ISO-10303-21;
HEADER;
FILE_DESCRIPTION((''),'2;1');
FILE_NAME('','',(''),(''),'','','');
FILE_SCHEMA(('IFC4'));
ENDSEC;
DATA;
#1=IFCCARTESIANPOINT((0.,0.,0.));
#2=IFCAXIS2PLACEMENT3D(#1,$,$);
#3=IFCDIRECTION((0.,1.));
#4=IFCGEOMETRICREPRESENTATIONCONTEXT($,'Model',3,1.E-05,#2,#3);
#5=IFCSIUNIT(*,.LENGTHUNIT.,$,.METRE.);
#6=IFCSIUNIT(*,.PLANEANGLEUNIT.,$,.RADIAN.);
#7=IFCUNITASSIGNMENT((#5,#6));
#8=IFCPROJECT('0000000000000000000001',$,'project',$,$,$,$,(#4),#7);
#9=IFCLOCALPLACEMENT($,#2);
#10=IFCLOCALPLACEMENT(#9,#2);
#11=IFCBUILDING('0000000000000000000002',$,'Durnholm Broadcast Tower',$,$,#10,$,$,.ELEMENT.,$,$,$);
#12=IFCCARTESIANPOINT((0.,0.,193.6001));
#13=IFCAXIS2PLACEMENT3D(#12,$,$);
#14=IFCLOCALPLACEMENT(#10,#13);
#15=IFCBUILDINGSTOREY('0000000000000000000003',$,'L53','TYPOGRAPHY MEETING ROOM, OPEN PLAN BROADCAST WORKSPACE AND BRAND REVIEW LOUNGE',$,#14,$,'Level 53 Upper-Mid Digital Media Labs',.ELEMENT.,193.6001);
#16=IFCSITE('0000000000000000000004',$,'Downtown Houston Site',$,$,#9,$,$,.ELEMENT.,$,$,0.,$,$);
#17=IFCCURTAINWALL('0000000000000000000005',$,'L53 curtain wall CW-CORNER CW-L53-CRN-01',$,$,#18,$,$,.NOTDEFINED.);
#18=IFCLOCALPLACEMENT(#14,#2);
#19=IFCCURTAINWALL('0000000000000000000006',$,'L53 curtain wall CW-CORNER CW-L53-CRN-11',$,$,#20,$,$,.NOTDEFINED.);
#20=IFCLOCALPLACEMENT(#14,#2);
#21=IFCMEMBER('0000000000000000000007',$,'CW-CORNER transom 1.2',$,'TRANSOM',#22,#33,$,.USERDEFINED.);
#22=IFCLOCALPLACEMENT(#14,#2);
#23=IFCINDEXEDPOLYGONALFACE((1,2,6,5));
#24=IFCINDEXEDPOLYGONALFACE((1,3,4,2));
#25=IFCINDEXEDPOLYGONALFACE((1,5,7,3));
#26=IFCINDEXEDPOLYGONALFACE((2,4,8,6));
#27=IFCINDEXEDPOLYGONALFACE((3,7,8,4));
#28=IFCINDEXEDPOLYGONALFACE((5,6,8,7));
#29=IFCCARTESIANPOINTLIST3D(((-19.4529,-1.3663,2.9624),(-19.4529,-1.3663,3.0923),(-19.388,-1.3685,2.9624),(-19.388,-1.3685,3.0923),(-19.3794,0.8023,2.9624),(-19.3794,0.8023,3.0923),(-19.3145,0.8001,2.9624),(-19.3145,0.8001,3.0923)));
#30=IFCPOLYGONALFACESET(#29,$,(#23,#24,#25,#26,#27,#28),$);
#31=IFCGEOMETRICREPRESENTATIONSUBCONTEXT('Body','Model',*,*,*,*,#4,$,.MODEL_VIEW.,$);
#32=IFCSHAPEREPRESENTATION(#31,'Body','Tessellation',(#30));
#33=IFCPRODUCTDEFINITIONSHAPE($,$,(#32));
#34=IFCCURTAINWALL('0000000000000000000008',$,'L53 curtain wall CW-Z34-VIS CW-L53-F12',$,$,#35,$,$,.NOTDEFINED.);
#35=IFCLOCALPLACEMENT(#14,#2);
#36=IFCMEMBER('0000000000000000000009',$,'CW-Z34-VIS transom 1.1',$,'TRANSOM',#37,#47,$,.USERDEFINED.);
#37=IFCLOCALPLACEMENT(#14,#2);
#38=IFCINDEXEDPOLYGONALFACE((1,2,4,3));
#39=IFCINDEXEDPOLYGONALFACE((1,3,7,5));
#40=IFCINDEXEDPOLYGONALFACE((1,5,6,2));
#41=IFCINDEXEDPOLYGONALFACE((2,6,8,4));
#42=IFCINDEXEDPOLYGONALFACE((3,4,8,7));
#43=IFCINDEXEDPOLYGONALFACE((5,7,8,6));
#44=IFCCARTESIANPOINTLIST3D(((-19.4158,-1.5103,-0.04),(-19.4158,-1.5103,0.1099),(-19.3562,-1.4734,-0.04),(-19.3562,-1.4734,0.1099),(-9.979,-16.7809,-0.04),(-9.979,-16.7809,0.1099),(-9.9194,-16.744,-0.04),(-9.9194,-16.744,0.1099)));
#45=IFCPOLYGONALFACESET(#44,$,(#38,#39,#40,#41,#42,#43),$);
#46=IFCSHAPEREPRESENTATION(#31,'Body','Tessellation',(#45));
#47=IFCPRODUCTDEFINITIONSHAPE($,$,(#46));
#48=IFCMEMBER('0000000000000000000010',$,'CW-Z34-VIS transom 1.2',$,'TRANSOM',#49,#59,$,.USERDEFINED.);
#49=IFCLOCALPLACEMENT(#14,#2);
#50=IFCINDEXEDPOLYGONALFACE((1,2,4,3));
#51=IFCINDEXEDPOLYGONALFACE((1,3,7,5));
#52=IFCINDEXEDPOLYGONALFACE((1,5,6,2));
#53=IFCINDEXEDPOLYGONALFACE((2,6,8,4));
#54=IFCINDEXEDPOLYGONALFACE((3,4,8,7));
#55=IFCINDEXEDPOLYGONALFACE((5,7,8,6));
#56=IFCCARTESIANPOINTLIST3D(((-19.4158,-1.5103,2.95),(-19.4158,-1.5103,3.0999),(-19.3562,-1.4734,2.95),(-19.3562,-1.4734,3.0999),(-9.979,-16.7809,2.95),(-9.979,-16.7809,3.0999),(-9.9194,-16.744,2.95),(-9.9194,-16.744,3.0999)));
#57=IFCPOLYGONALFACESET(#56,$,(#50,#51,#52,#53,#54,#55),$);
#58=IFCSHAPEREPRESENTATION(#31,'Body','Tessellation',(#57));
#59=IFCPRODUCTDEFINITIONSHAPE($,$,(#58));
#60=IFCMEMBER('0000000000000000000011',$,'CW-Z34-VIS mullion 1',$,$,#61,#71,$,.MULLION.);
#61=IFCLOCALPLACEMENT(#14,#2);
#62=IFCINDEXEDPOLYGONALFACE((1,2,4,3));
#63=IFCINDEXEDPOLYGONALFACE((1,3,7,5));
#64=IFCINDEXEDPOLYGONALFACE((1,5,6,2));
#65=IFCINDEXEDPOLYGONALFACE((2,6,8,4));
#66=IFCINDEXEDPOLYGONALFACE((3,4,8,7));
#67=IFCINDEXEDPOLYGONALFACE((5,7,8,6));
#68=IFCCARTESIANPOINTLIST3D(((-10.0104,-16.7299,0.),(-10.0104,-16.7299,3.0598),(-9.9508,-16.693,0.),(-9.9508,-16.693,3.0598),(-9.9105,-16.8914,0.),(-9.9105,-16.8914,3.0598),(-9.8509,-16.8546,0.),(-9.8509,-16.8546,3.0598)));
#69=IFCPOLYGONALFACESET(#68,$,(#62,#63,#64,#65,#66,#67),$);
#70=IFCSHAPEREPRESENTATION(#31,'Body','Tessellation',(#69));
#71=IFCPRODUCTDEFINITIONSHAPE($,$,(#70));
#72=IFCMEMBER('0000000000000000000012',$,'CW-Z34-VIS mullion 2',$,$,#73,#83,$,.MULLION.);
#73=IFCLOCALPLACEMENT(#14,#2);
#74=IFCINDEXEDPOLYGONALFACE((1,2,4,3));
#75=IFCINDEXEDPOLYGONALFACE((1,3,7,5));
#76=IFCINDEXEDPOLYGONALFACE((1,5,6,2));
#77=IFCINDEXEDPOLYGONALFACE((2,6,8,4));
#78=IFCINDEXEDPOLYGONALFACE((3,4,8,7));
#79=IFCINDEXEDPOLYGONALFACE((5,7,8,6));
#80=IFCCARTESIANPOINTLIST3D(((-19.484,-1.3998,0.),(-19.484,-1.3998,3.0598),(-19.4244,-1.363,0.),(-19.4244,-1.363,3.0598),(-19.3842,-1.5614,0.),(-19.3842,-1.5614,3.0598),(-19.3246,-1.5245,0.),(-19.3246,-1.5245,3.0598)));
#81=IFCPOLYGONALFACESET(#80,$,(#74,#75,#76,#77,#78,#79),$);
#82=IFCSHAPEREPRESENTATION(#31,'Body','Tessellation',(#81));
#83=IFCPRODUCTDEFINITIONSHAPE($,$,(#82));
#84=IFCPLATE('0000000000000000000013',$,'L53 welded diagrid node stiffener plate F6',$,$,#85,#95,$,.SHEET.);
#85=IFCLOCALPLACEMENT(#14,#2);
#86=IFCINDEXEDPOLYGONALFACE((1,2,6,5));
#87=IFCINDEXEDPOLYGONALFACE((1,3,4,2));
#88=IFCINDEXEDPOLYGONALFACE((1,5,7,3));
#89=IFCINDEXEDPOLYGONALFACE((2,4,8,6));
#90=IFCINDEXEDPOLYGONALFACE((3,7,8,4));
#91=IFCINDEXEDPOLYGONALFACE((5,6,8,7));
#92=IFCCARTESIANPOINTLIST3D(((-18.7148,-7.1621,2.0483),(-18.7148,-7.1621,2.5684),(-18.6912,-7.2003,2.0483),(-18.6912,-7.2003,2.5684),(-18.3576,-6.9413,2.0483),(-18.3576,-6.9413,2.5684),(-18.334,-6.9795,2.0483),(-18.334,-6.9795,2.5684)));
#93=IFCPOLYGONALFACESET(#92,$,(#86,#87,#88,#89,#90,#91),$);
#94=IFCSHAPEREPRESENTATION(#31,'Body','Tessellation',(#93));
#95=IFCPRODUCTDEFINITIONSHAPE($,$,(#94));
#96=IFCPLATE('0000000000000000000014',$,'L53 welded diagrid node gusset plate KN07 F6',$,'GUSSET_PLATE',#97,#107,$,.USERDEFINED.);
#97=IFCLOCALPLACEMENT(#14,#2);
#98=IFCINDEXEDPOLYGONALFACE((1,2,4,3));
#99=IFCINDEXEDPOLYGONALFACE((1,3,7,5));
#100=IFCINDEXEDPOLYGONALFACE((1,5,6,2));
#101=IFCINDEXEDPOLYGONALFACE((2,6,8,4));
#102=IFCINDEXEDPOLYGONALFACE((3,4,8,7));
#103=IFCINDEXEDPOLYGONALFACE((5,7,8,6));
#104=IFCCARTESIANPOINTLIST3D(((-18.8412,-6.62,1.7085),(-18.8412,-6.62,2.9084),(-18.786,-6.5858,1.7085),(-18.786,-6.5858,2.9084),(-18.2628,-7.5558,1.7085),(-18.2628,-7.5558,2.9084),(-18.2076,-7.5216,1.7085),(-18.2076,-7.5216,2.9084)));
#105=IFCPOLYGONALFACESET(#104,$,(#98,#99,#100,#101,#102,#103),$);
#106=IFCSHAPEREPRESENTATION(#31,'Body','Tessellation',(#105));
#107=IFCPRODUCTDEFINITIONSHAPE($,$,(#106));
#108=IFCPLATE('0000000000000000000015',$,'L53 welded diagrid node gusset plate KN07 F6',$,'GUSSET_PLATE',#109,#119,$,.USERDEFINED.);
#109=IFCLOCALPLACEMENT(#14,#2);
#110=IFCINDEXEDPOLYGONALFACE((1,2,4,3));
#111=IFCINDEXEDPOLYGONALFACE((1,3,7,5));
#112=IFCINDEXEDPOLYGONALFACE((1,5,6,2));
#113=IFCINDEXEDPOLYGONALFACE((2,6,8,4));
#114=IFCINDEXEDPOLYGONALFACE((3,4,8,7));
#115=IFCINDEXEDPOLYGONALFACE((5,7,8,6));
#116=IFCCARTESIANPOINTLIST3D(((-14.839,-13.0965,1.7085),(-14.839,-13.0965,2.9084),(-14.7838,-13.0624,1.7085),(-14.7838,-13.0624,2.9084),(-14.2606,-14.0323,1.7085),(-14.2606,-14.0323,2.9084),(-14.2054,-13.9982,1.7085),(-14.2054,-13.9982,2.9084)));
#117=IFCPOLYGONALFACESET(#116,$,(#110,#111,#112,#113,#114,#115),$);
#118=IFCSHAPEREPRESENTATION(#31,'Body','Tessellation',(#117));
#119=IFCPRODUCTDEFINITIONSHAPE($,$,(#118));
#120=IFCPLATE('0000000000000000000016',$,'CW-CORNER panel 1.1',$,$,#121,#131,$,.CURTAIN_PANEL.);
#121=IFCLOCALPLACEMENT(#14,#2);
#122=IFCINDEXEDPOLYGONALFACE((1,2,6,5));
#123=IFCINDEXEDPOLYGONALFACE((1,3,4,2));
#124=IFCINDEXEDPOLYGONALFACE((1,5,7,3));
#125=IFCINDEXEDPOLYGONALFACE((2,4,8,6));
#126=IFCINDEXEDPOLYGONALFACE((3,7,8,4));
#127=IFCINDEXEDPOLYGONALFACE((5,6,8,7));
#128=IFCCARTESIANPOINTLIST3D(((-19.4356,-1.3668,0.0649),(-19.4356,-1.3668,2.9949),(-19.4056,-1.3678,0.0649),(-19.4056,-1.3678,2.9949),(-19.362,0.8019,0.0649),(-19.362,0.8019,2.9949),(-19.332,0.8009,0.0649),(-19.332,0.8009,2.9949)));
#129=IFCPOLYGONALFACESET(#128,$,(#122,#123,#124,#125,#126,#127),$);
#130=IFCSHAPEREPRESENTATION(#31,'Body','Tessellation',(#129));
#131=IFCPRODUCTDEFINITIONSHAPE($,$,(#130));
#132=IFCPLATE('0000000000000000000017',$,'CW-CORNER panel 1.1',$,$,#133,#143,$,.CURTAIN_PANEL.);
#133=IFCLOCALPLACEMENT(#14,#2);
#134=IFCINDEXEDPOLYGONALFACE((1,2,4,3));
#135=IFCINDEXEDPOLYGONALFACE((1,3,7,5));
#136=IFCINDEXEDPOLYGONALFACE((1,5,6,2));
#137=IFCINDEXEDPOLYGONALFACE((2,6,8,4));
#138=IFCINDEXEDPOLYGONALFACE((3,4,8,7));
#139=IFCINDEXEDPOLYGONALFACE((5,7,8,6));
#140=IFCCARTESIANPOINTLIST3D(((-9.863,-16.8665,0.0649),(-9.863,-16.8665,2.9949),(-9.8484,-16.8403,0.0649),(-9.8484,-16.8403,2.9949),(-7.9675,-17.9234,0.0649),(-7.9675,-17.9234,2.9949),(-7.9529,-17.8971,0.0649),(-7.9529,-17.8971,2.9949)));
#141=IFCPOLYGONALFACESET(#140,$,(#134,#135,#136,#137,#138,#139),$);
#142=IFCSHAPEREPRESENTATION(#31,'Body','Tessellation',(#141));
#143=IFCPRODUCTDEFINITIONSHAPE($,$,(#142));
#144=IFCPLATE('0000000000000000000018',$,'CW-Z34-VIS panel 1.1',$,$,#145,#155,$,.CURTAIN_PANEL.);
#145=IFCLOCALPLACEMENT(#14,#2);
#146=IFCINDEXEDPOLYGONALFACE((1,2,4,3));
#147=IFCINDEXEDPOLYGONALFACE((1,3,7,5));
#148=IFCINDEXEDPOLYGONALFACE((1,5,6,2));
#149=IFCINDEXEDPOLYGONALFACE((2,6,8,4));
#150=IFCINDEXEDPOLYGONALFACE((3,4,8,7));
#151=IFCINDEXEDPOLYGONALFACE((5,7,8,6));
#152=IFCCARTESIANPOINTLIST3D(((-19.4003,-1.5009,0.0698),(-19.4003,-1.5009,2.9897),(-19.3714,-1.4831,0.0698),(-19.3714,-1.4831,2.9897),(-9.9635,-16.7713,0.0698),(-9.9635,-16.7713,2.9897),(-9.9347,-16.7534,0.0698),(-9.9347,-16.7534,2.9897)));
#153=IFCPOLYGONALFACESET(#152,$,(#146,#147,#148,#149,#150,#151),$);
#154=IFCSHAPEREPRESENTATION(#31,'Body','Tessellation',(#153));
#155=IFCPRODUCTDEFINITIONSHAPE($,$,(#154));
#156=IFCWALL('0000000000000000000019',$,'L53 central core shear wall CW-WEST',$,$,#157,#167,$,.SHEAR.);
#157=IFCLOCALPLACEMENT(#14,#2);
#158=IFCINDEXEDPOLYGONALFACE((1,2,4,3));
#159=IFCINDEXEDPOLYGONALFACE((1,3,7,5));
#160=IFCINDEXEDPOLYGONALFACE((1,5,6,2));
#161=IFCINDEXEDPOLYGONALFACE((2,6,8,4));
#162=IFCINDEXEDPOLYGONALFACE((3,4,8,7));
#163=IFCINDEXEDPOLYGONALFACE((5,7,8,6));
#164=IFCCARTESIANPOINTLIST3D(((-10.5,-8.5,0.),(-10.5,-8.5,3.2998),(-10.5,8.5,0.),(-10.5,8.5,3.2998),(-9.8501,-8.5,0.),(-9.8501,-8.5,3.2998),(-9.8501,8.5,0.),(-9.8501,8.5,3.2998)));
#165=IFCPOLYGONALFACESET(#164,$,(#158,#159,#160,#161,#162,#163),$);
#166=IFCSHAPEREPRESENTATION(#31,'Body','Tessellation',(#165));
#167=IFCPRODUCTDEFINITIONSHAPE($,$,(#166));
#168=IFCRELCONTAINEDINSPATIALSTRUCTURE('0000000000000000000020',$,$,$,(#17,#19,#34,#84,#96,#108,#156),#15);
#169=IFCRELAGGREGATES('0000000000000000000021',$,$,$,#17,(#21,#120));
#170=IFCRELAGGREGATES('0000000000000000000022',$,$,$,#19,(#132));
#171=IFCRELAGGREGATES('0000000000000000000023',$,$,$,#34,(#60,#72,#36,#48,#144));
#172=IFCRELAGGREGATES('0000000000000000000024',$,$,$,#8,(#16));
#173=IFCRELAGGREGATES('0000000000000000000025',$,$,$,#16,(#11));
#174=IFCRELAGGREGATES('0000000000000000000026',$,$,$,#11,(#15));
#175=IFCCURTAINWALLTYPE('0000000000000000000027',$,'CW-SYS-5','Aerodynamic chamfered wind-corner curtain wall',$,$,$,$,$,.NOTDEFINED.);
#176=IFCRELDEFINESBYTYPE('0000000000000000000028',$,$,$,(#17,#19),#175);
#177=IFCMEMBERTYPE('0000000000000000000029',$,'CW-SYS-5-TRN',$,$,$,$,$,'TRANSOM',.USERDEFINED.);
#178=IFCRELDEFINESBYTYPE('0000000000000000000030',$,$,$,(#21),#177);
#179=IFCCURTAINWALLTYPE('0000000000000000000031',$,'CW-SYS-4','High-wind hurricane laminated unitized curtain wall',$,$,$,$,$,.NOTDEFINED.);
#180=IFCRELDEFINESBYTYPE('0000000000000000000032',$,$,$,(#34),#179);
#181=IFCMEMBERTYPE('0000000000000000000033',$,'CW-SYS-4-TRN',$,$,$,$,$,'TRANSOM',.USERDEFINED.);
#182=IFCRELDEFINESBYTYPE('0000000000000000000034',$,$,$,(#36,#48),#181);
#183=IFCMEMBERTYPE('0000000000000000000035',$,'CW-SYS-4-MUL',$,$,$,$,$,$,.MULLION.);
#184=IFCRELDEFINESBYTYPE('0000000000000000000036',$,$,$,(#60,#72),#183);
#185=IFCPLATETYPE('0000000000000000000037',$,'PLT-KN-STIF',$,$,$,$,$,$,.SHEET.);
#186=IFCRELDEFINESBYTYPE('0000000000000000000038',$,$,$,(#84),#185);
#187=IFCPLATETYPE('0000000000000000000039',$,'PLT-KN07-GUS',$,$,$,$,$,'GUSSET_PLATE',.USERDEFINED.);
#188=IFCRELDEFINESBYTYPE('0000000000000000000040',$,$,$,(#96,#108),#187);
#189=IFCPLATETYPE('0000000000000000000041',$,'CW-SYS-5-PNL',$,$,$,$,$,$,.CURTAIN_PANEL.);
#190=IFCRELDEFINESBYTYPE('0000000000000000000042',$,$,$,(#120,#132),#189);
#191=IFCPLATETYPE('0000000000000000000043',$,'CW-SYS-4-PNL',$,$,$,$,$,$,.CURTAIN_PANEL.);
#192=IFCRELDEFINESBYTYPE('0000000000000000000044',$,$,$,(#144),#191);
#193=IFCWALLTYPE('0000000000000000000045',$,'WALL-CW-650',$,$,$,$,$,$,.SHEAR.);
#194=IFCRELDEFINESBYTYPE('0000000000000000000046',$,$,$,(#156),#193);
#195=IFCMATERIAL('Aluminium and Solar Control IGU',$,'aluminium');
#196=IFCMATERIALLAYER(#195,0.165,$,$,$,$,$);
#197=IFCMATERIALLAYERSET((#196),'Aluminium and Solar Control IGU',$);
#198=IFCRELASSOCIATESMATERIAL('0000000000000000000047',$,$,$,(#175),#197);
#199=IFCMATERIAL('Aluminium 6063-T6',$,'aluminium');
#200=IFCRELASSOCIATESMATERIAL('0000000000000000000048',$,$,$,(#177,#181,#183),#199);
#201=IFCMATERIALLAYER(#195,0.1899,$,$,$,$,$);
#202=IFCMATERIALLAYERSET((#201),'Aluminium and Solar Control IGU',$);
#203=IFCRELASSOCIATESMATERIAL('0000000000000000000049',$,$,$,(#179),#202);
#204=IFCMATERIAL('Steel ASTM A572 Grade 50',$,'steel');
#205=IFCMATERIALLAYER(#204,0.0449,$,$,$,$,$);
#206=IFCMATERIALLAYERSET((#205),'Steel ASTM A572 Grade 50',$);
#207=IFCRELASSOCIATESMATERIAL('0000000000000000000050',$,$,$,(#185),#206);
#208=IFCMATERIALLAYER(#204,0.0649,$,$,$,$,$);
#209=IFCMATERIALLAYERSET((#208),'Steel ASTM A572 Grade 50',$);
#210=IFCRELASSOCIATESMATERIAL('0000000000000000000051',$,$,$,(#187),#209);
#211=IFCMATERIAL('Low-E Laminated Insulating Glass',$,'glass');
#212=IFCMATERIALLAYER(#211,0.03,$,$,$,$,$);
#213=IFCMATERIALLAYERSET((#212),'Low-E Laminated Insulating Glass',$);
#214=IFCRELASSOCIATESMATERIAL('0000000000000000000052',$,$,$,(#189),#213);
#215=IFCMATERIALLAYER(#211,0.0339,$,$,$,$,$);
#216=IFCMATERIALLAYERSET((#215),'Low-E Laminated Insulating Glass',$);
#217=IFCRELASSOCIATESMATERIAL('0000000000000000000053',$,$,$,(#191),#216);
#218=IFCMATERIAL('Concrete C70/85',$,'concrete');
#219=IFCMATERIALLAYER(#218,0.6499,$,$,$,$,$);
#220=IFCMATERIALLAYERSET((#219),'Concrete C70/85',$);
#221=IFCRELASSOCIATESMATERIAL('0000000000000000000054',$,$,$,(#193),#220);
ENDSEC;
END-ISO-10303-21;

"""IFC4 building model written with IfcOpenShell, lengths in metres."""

from ifc_helpers import new_model, si_unit, direction, frame, frame_2d, origin, origin_2d, place, context, subcontext, project, spatial, rectangle, extrude, source, transform, mapped, material, layer, layer_set, material_profile, profile_set, type_object, type_shapes, element, aggregate, save


model = new_model("IFC4")

# Units and contexts
model_context = context("Model", 3, precision=1e-05, world=origin(), true_north=direction((0.0, 1.0)))
body_context = subcontext(model_context, "Body", "Model", "MODEL_VIEW")
ifc_project = project(units=[si_unit("LENGTHUNIT", "METRE"), si_unit("PLANEANGLEUNIT", "RADIAN")], contexts=[model_context])

# Site, building, storey
site_placement = place(None, origin())
site = spatial("IfcSite", under=ifc_project, at=site_placement, Name="Downtown Houston Site", CompositionType="ELEMENT", RefElevation=0.0)
building_placement = place(site_placement, origin())
building = spatial("IfcBuilding", under=site, at=building_placement, Name="Durnholm Broadcast Tower", CompositionType="ELEMENT")
storey_placement = place(building_placement, frame((0.0, 0.0, 193.6001)))
storey = spatial("IfcBuildingStorey", under=building, at=storey_placement, Name="L53", Description="TYPOGRAPHY MEETING ROOM, OPEN PLAN BROADCAST WORKSPACE AND BRAND REVIEW LOUNGE", LongName="Level 53 Upper-Mid Digital Media Labs", CompositionType="ELEMENT", Elevation=193.6001)

# Shared definitions
ifc_material_1 = material(Name="Concrete C70/85", Category="concrete")

# Curtain walls
ifc_material_2 = material(Name="Aluminium and Solar Control IGU", Category="aluminium")
ifc_layer_1 = layer(ifc_material_2, 0.165)
ifc_layer_set_1 = layer_set([ifc_layer_1], Name="Aluminium and Solar Control IGU")
curtain_wall_type_1 = type_object("IfcCurtainWallType", Name="CW-SYS-5", Description="Aerodynamic chamfered wind-corner curtain wall", PredefinedType="NOTDEFINED", material=ifc_layer_set_1)
curtain_wall_1_placement = place(storey_placement, origin())
curtain_wall_1 = element("IfcCurtainWall", 1, at=curtain_wall_1_placement, inside=storey, type_object=curtain_wall_type_1, Name="L53 curtain wall CW-CORNER CW-L53-CRN-01", PredefinedType="NOTDEFINED")
ifc_material_3 = material(Name="Aluminium 6063-T6", Category="aluminium")
curtain_wall_2_placement = place(storey_placement, origin())
curtain_wall_2 = element("IfcCurtainWall", 2, at=curtain_wall_2_placement, inside=storey, type_object=curtain_wall_type_1, Name="L53 curtain wall CW-CORNER CW-L53-CRN-11", PredefinedType="NOTDEFINED")

# Member
ifc_material_profile_1 = material_profile(ifc_material_3, rectangle(XDim=0.0649, YDim=0.1299, at=origin_2d()), Name="CWT65X130")
ifc_profile_set_1 = profile_set([ifc_material_profile_1], Name="Aluminium 6063-T6")
member_type_1 = type_object("IfcMemberType", Name="CW-SYS-5-TRN", ElementType="TRANSOM", PredefinedType="USERDEFINED", material=ifc_profile_set_1)
shared_shape_1 = source(origin(), body_context, "Body", "SweptSolid", [
    extrude(rectangle(XDim=0.0649, YDim=0.1299, at=origin_2d()), origin(), (0.0, 0.0, 1.0), 2.1699),
])
type_shapes(member_type_1, [shared_shape_1])
member_1_placement = place(storey_placement, frame((-19.4204, -1.3674, 3.0273), z_axis=(0.033866, 0.999426, 0.0), x_axis=(-0.999426, 0.033866, 0.0)))
member_1 = element("IfcMember", 3, at=member_1_placement, type_object=member_type_1, Name="CW-CORNER transom 1.2", ObjectType="TRANSOM", PredefinedType="USERDEFINED", context=body_context, shape_type="MappedRepresentation", body=[
    mapped(shared_shape_1, transform((0.0, 0.0, 0.0), x_axis=(1.0, 0.0, 0.0), y_axis=(0.0, 1.0, 0.0), z_axis=(0.0, 0.0, 1.0), scale=1.0)),
])

# Curtain wall, members
ifc_layer_2 = layer(ifc_material_2, 0.1899)
ifc_layer_set_2 = layer_set([ifc_layer_2], Name="Aluminium and Solar Control IGU")
curtain_wall_type_2 = type_object("IfcCurtainWallType", Name="CW-SYS-4", Description="High-wind hurricane laminated unitized curtain wall", PredefinedType="NOTDEFINED", material=ifc_layer_set_2)
curtain_wall_3_placement = place(storey_placement, origin())
curtain_wall_3 = element("IfcCurtainWall", 4, at=curtain_wall_3_placement, inside=storey, type_object=curtain_wall_type_2, Name="L53 curtain wall CW-Z34-VIS CW-L53-F12", PredefinedType="NOTDEFINED")
ifc_material_profile_2 = material_profile(ifc_material_3, rectangle(XDim=0.0701, YDim=0.1499, at=origin_2d()), Name="CWT70X150")
ifc_profile_set_2 = profile_set([ifc_material_profile_2], Name="Aluminium 6063-T6")
member_type_2 = type_object("IfcMemberType", Name="CW-SYS-4-TRN", ElementType="TRANSOM", PredefinedType="USERDEFINED", material=ifc_profile_set_2)
shared_shape_2 = source(origin(), body_context, "Body", "SweptSolid", [
    extrude(rectangle(XDim=0.0701, YDim=0.1499, at=origin_2d()), origin(), (0.0, 0.0, 1.0), 17.9512),
])
type_shapes(member_type_2, [shared_shape_2])
member_2_placement = place(storey_placement, frame((-9.9492, -16.7625, 0.0349), z_axis=(-0.525694, 0.850674, 0.0), x_axis=(-0.850674, -0.525694, 0.0)))
member_2 = element("IfcMember", 5, at=member_2_placement, type_object=member_type_2, Name="CW-Z34-VIS transom 1.1", ObjectType="TRANSOM", PredefinedType="USERDEFINED", context=body_context, shape_type="MappedRepresentation", body=[
    mapped(shared_shape_2, transform((0.0, 0.0, 0.0), x_axis=(1.0, 0.0, 0.0), y_axis=(0.0, 1.0, 0.0), z_axis=(0.0, 0.0, 1.0), scale=1.0)),
])
member_3_placement = place(storey_placement, frame((-9.9492, -16.7625, 3.0249), z_axis=(-0.525694, 0.850674, 0.0), x_axis=(-0.850674, -0.525694, 0.0)))
member_3 = element("IfcMember", 6, at=member_3_placement, type_object=member_type_2, Name="CW-Z34-VIS transom 1.2", ObjectType="TRANSOM", PredefinedType="USERDEFINED", context=body_context, shape_type="MappedRepresentation", body=[
    mapped(shared_shape_2, transform((0.0, 0.0, 0.0), x_axis=(1.0, 0.0, 0.0), y_axis=(0.0, 1.0, 0.0), z_axis=(0.0, 0.0, 1.0), scale=1.0)),
])
ifc_material_profile_3 = material_profile(ifc_material_3, rectangle(XDim=0.0701, YDim=0.1899, at=origin_2d()), Name="CWM70X190")
ifc_profile_set_3 = profile_set([ifc_material_profile_3], Name="Aluminium 6063-T6")
member_type_3 = type_object("IfcMemberType", Name="CW-SYS-4-MUL", PredefinedType="MULLION", material=ifc_profile_set_3)
shared_shape_3 = source(origin(), body_context, "Body", "SweptSolid", [
    extrude(rectangle(XDim=0.0701, YDim=0.1899, at=origin_2d()), origin(), (0.0, 0.0, 1.0), 3.0598),
])
type_shapes(member_type_3, [shared_shape_3])
member_4_placement = place(storey_placement, frame((-9.9307, -16.7922, 0.0), z_axis=(0.0, 0.0, 1.0), x_axis=(-0.850671, -0.525698, 0.0)))
member_4 = element("IfcMember", 7, at=member_4_placement, type_object=member_type_3, Name="CW-Z34-VIS mullion 1", PredefinedType="MULLION", context=body_context, shape_type="MappedRepresentation", body=[
    mapped(shared_shape_3, transform((0.0, 0.0, 0.0), x_axis=(1.0, 0.0, 0.0), y_axis=(0.0, 1.0, 0.0), z_axis=(0.0, 0.0, 1.0), scale=1.0)),
])
member_5_placement = place(storey_placement, frame((-19.4043, -1.4622, 0.0), z_axis=(0.0, 0.0, 1.0), x_axis=(-0.850671, -0.525698, 0.0)))
member_5 = element("IfcMember", 8, at=member_5_placement, type_object=member_type_3, Name="CW-Z34-VIS mullion 2", PredefinedType="MULLION", context=body_context, shape_type="MappedRepresentation", body=[
    mapped(shared_shape_3, transform((0.0, 0.0, 0.0), x_axis=(1.0, 0.0, 0.0), y_axis=(0.0, 1.0, 0.0), z_axis=(0.0, 0.0, 1.0), scale=1.0)),
])

# Plates
ifc_material_4 = material(Name="Steel ASTM A572 Grade 50", Category="steel")
ifc_layer_3 = layer(ifc_material_4, 0.0449)
ifc_layer_set_3 = layer_set([ifc_layer_3], Name="Steel ASTM A572 Grade 50")
plate_type_1 = type_object("IfcPlateType", Name="PLT-KN-STIF", PredefinedType="SHEET", material=ifc_layer_set_3)
shared_shape_4 = source(origin(), body_context, "Body", "SweptSolid", [
    extrude(rectangle(XDim=0.0449, YDim=0.4199, at=origin_2d()), origin(), (0.0, 0.0, 1.0), 0.52),
])
type_shapes(plate_type_1, [shared_shape_4])
plate_1_placement = place(storey_placement, frame((-18.5244, -7.0708, 2.0483), z_axis=(0.0, 0.0, 1.0), x_axis=(0.525769, -0.850628, 0.0)))
element("IfcPlate", 9, at=plate_1_placement, inside=storey, type_object=plate_type_1, Name="L53 welded diagrid node stiffener plate F6", PredefinedType="SHEET", context=body_context, shape_type="MappedRepresentation", body=[
    mapped(shared_shape_4, transform((0.0, 0.0, 0.0), x_axis=(1.0, 0.0, 0.0), y_axis=(0.0, 1.0, 0.0), z_axis=(0.0, 0.0, 1.0), scale=1.0)),
])
ifc_layer_4 = layer(ifc_material_4, 0.0649)
ifc_layer_set_4 = layer_set([ifc_layer_4], Name="Steel ASTM A572 Grade 50")
plate_type_2 = type_object("IfcPlateType", Name="PLT-KN07-GUS", ElementType="GUSSET_PLATE", PredefinedType="USERDEFINED", material=ifc_layer_set_4)
shared_shape_5 = source(origin(), body_context, "Body", "SweptSolid", [
    extrude(rectangle(XDim=1.1001, YDim=0.0649, at=origin_2d()), origin(), (0.0, 0.0, 1.0), 1.2),
])
type_shapes(plate_type_2, [shared_shape_5])
for number, where, z_axis, x_axis, name in (
    (10, (-18.5244, -7.0708, 1.7085), (0.0, 0.0, 1.0), (0.525769, -0.850628, 0.0), "L53 welded diagrid node gusset plate KN07 F6"),
    (11, (-14.5222, -13.5474, 1.7085), (0.0, 0.0, 1.0), (0.525769, -0.850628, 0.0), "L53 welded diagrid node gusset plate KN07 F6"),
):
    element("IfcPlate", number, at=place(storey_placement, frame(where, z_axis=z_axis, x_axis=x_axis)), inside=storey, type_object=plate_type_2, Name=name, ObjectType="GUSSET_PLATE", PredefinedType="USERDEFINED", context=body_context, shape_type="MappedRepresentation", body=[
        mapped(shared_shape_5, transform((0.0, 0.0, 0.0), x_axis=(1.0, 0.0, 0.0), y_axis=(0.0, 1.0, 0.0), z_axis=(0.0, 0.0, 1.0), scale=1.0)),
    ])

# Plates
ifc_material_5 = material(Name="Low-E Laminated Insulating Glass", Category="glass")
ifc_layer_5 = layer(ifc_material_5, 0.03)
ifc_layer_set_5 = layer_set([ifc_layer_5], Name="Low-E Laminated Insulating Glass")
plate_type_3 = type_object("IfcPlateType", Name="CW-SYS-5-PNL", PredefinedType="CURTAIN_PANEL", material=ifc_layer_set_5)
shared_shape_6 = source(origin(), body_context, "Body", "SweptSolid", [
    extrude(rectangle(XDim=2.1699, YDim=0.03, at=origin_2d()), origin(), (0.0, 0.0, 1.0), 2.9299),
])
plate_2_placement = place(storey_placement, frame((-19.3838, -0.283, 0.0649), z_axis=(0.0, 0.0, 1.0), x_axis=(0.033913, 0.999425, 0.0)))
plate_2 = element("IfcPlate", 12, at=plate_2_placement, type_object=plate_type_3, Name="CW-CORNER panel 1.1", PredefinedType="CURTAIN_PANEL", context=body_context, shape_type="MappedRepresentation", body=[
    mapped(shared_shape_6, transform((0.0, 0.0, 0.0), x_axis=(1.0, 0.0, 0.0), y_axis=(0.0, 1.0, 0.0), z_axis=(0.0, 0.0, 1.0), scale=1.0)),
])
aggregate(curtain_wall_1, [member_1, plate_2])
shared_shape_7 = source(origin(), body_context, "Body", "SweptSolid", [
    extrude(rectangle(XDim=2.1702, YDim=0.03, at=origin_2d()), origin(), (0.0, 0.0, 1.0), 2.9299),
])
type_shapes(plate_type_3, [shared_shape_6, shared_shape_7])
plate_3_placement = place(storey_placement, frame((-8.908, -17.3818, 0.0649), z_axis=(0.0, 0.0, 1.0), x_axis=(-0.87341, 0.486986, 0.0)))
plate_3 = element("IfcPlate", 13, at=plate_3_placement, type_object=plate_type_3, Name="CW-CORNER panel 1.1", PredefinedType="CURTAIN_PANEL", context=body_context, shape_type="MappedRepresentation", body=[
    mapped(shared_shape_7, transform((0.0, 0.0, 0.0), x_axis=(1.0, 0.0, 0.0), y_axis=(0.0, 1.0, 0.0), z_axis=(0.0, 0.0, 1.0), scale=1.0)),
])
aggregate(curtain_wall_2, [plate_3])
ifc_layer_6 = layer(ifc_material_5, 0.0339)
ifc_layer_set_6 = layer_set([ifc_layer_6], Name="Low-E Laminated Insulating Glass")
plate_type_4 = type_object("IfcPlateType", Name="CW-SYS-4-PNL", PredefinedType="CURTAIN_PANEL", material=ifc_layer_set_6)
shared_shape_8 = source(origin(), body_context, "Body", "SweptSolid", [
    extrude(rectangle(XDim=17.9509, YDim=0.0339, at=origin_2d()), origin(), (0.0, 0.0, 1.0), 2.9199),
])
type_shapes(plate_type_4, [shared_shape_8])
plate_4_placement = place(storey_placement, frame((-14.6675, -9.1272, 0.0698), z_axis=(0.0, 0.0, 1.0), x_axis=(-0.525698, 0.850671, 0.0)))
plate_4 = element("IfcPlate", 14, at=plate_4_placement, type_object=plate_type_4, Name="CW-Z34-VIS panel 1.1", PredefinedType="CURTAIN_PANEL", context=body_context, shape_type="MappedRepresentation", body=[
    mapped(shared_shape_8, transform((0.0, 0.0, 0.0), x_axis=(1.0, 0.0, 0.0), y_axis=(0.0, 1.0, 0.0), z_axis=(0.0, 0.0, 1.0), scale=1.0)),
])
aggregate(curtain_wall_3, [member_4, member_5, member_2, member_3, plate_4])

# Wall
ifc_layer_7 = layer(ifc_material_1, 0.6499)
ifc_layer_set_7 = layer_set([ifc_layer_7], Name="Concrete C70/85")
wall_type_1 = type_object("IfcWallType", Name="WALL-CW-650", PredefinedType="SHEAR", material=ifc_layer_set_7)
wall_1_placement = place(storey_placement, frame((-10.175, -8.5, 0.0), z_axis=(0.0, 0.0, 1.0), x_axis=(0.0, 1.0, 0.0)))
element("IfcWall", 15, at=wall_1_placement, inside=storey, type_object=wall_type_1, Name="L53 central core shear wall CW-WEST", PredefinedType="SHEAR", context=body_context, shape_type="SweptSolid", body=[
    extrude(rectangle(XDim=17.0, YDim=0.6499, at=frame_2d((8.5, 0.0))), origin(), (0.0, 0.0, 1.0), 3.2998),
])

save(model, "model.ifc")
